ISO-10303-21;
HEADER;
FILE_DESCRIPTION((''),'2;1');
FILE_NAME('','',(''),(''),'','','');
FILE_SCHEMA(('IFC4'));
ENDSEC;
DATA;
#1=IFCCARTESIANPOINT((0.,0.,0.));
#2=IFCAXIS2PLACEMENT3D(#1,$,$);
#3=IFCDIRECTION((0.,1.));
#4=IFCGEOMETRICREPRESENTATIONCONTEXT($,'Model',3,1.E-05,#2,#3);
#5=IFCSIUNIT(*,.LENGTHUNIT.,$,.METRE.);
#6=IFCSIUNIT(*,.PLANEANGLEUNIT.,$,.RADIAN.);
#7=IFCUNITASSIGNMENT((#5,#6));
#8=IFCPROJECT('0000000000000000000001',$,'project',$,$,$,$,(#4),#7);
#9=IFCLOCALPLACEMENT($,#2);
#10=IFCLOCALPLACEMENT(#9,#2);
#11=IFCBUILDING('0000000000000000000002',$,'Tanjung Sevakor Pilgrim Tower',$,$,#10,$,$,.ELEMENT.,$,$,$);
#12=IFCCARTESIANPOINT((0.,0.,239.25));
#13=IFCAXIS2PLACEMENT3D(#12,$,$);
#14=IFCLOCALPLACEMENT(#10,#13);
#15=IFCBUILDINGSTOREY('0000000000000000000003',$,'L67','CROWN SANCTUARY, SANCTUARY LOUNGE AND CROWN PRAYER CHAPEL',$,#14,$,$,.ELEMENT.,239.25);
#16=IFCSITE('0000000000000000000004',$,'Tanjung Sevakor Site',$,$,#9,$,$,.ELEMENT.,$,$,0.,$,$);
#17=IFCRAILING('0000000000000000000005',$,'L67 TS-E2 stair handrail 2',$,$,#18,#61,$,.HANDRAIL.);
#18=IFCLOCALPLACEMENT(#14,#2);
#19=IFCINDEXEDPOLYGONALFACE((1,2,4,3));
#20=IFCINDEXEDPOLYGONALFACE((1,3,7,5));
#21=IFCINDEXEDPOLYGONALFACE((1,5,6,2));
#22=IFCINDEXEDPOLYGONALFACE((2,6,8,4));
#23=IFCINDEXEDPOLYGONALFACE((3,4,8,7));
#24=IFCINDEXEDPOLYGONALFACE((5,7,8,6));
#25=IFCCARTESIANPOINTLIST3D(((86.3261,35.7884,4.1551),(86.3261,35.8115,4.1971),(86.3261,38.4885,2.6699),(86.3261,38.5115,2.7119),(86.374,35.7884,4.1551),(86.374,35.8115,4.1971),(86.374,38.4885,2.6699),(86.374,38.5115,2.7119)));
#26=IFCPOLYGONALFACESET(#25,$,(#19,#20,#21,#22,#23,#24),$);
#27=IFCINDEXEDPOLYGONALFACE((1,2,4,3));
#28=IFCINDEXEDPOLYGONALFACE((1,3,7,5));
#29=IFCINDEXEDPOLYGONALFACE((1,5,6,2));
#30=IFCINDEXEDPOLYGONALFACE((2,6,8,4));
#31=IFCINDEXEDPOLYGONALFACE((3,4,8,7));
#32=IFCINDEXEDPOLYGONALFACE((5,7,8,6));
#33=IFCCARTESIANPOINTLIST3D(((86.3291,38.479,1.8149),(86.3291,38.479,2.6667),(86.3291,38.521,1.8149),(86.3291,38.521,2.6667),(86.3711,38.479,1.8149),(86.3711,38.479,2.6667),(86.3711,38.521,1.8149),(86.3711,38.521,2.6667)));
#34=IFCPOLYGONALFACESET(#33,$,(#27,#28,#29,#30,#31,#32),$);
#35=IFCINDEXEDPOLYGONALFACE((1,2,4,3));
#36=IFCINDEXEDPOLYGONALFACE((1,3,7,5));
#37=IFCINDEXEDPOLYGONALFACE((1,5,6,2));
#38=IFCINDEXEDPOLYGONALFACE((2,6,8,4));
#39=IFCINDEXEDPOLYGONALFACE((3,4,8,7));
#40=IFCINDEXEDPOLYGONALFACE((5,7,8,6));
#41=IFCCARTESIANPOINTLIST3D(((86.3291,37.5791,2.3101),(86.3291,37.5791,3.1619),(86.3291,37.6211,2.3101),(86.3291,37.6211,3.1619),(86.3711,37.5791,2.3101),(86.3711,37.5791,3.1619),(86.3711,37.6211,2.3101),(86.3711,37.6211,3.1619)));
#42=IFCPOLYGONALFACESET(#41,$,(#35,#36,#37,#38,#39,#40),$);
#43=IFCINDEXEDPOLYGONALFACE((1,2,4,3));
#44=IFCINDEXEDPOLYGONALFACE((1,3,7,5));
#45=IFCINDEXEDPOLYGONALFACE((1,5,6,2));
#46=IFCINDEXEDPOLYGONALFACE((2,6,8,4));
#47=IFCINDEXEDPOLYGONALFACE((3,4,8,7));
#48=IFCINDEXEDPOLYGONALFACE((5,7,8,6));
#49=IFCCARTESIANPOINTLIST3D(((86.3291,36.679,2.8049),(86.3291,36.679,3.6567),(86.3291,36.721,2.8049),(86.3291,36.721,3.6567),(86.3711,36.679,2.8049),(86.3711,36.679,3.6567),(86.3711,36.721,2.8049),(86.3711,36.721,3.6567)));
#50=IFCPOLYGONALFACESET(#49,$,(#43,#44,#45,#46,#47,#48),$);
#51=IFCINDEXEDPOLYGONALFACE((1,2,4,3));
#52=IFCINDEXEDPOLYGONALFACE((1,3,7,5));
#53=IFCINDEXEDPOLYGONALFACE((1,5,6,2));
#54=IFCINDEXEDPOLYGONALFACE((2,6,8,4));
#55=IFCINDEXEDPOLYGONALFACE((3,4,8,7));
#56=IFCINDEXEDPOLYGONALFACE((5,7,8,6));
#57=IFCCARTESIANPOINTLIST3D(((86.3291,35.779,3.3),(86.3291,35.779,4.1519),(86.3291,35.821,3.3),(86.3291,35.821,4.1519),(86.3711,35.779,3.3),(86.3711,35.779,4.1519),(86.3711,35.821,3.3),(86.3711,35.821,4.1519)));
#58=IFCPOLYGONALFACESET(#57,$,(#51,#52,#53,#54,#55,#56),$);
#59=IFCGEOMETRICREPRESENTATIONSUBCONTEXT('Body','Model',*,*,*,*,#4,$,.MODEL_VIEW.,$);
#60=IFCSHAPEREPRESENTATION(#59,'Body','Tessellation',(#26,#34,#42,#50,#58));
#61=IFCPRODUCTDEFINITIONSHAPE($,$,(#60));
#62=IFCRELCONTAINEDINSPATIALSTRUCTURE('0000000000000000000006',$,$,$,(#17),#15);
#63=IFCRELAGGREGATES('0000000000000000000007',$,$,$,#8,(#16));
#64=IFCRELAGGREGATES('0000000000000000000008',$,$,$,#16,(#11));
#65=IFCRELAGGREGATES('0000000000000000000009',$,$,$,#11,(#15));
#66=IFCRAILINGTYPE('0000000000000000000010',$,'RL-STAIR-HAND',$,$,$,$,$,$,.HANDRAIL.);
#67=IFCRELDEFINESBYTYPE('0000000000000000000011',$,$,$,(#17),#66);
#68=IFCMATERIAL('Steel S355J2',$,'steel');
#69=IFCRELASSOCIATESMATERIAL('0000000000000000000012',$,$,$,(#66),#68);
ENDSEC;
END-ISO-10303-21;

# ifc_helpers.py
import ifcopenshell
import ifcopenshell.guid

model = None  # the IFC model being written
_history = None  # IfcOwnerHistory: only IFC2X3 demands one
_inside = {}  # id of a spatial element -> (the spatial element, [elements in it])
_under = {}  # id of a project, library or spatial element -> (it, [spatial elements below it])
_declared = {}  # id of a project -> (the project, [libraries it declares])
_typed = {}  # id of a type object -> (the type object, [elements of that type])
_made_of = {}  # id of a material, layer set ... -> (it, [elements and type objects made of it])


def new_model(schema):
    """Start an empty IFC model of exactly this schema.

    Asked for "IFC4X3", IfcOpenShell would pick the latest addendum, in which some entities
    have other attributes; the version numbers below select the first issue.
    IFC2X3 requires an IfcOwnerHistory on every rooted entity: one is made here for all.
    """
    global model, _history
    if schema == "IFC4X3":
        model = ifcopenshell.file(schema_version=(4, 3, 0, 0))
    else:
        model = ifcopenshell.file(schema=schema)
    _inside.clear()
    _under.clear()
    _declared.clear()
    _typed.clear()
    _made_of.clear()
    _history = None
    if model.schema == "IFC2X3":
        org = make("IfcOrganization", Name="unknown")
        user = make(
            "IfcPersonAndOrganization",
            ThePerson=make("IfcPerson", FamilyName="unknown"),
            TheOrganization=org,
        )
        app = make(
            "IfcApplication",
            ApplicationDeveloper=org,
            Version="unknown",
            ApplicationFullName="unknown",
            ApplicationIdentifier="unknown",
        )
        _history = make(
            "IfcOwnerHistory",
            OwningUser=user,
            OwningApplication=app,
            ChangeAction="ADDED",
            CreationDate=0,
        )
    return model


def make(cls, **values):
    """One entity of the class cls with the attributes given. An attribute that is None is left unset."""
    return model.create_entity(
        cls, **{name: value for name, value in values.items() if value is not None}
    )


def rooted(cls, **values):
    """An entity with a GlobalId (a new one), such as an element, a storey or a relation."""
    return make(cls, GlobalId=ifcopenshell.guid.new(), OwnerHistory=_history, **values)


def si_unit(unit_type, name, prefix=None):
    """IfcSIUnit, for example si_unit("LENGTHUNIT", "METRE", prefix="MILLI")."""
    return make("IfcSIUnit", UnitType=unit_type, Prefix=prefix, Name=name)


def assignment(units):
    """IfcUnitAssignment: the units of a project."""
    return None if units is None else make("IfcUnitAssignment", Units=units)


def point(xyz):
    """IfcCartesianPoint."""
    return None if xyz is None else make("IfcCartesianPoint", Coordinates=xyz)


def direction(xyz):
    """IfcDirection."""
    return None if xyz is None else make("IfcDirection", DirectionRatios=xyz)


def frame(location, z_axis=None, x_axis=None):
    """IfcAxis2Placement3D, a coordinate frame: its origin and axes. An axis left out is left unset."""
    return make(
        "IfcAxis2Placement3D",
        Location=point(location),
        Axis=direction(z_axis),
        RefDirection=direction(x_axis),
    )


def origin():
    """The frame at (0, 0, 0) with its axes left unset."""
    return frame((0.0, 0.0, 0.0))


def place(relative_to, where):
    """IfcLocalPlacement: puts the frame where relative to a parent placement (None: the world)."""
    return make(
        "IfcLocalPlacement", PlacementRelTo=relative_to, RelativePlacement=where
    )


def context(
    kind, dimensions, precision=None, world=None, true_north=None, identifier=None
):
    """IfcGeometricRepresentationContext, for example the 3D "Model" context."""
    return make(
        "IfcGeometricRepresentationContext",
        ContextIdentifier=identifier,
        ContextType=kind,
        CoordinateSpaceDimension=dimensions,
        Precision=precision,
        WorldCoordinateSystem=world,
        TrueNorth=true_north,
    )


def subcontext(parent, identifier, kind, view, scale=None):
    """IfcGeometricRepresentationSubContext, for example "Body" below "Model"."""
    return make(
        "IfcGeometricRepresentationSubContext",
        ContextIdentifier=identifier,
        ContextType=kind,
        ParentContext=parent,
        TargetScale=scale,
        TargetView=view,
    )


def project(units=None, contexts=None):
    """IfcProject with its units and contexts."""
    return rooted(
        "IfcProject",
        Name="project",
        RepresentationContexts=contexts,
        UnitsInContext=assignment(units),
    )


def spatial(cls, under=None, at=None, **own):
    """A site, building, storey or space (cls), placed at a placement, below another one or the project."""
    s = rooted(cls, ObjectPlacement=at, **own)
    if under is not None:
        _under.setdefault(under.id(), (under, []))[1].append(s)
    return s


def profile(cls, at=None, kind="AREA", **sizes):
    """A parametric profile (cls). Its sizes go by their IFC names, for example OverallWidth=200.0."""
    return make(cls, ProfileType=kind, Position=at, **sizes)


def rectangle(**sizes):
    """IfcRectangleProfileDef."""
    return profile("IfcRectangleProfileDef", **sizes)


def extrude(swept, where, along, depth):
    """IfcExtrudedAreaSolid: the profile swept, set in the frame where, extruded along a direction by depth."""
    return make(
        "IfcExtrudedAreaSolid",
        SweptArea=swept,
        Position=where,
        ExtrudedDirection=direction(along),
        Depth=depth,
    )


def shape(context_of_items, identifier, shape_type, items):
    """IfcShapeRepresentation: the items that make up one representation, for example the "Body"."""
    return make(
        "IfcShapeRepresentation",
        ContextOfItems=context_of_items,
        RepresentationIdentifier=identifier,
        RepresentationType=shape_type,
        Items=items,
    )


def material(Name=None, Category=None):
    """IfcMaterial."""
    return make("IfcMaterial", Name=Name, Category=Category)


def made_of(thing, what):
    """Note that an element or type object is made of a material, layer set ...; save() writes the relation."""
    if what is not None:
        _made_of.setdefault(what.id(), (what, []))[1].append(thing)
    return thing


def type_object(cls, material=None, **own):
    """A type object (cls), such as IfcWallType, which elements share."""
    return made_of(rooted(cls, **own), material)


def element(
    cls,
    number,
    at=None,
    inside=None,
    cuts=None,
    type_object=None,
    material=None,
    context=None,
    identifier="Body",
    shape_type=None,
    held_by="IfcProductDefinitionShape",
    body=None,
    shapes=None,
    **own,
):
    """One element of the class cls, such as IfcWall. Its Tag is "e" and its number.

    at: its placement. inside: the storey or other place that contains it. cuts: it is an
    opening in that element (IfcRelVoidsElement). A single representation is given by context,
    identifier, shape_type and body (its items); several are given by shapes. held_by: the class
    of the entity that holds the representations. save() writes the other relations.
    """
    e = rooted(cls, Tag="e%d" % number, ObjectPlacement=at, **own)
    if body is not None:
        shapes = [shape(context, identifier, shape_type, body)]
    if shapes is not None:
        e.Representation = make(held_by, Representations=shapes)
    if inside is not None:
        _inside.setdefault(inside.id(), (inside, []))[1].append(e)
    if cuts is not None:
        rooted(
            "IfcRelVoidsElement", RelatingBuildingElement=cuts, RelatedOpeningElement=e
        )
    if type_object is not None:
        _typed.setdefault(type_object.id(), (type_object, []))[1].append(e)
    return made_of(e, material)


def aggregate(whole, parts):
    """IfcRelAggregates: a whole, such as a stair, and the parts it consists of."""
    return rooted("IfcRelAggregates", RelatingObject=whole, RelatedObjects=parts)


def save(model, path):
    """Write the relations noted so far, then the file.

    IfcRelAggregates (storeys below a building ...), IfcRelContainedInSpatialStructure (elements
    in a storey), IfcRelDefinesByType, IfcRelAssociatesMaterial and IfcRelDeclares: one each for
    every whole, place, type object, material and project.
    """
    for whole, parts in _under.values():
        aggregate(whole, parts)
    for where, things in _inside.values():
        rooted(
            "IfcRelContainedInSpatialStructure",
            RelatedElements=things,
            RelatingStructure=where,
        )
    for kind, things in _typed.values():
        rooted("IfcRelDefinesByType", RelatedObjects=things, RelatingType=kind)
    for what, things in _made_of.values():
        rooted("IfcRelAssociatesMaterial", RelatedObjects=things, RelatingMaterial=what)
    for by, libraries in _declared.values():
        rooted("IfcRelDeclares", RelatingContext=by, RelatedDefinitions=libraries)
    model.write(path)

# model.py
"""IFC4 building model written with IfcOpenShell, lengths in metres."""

from ifc_helpers import new_model, si_unit, direction, frame, origin, place, context, subcontext, project, spatial, rectangle, extrude, material, type_object, element, save


model = new_model("IFC4")

# Units and contexts
model_context = context("Model", 3, precision=1e-05, world=origin(), true_north=direction((0.0, 1.0)))
body_context = subcontext(model_context, "Body", "Model", "MODEL_VIEW")
ifc_project = project(units=[si_unit("LENGTHUNIT", "METRE"), si_unit("PLANEANGLEUNIT", "RADIAN")], contexts=[model_context])

# Site, building, storey
site_placement = place(None, origin())
site = spatial("IfcSite", under=ifc_project, at=site_placement, Name="Tanjung Sevakor Site", CompositionType="ELEMENT", RefElevation=0.0)
building_placement = place(site_placement, origin())
building = spatial("IfcBuilding", under=site, at=building_placement, Name="Tanjung Sevakor Pilgrim Tower", CompositionType="ELEMENT")
storey_placement = place(building_placement, frame((0.0, 0.0, 239.25)))
storey = spatial("IfcBuildingStorey", under=building, at=storey_placement, Name="L67", Description="CROWN SANCTUARY, SANCTUARY LOUNGE AND CROWN PRAYER CHAPEL", CompositionType="ELEMENT", Elevation=239.25)

# Railing
ifc_material_1 = material(Name="Steel S355J2", Category="steel")
railing_type_1 = type_object("IfcRailingType", Name="RL-STAIR-HAND", PredefinedType="HANDRAIL", material=ifc_material_1)
railing_1_placement = place(storey_placement, frame((86.3501, 38.5, 1.8149)))
element("IfcRailing", 1, at=railing_1_placement, inside=storey, type_object=railing_type_1, Name="L67 TS-E2 stair handrail 2", PredefinedType="HANDRAIL", context=body_context, shape_type="SweptSolid", body=[
    extrude(rectangle(XDim=0.0479, YDim=0.0479), frame((0.0, 0.0, 0.876), z_axis=(0.0, -0.876198, 0.481952), x_axis=(1.0, 0.0, 0.0)), (0.0, 0.0, 1.0), 3.0815),
    extrude(rectangle(XDim=0.042, YDim=0.042), origin(), (0.0, 0.0, 1.0), 0.8518),
    extrude(rectangle(XDim=0.042, YDim=0.042), frame((0.0, -0.8999, 0.4951)), (0.0, 0.0, 1.0), 0.8518),
    extrude(rectangle(XDim=0.042, YDim=0.042), frame((0.0, -1.8, 0.99)), (0.0, 0.0, 1.0), 0.8518),
    extrude(rectangle(XDim=0.042, YDim=0.042), frame((0.0, -2.7, 1.4851)), (0.0, 0.0, 1.0), 0.8518),
])

save(model, "model.ifc")
